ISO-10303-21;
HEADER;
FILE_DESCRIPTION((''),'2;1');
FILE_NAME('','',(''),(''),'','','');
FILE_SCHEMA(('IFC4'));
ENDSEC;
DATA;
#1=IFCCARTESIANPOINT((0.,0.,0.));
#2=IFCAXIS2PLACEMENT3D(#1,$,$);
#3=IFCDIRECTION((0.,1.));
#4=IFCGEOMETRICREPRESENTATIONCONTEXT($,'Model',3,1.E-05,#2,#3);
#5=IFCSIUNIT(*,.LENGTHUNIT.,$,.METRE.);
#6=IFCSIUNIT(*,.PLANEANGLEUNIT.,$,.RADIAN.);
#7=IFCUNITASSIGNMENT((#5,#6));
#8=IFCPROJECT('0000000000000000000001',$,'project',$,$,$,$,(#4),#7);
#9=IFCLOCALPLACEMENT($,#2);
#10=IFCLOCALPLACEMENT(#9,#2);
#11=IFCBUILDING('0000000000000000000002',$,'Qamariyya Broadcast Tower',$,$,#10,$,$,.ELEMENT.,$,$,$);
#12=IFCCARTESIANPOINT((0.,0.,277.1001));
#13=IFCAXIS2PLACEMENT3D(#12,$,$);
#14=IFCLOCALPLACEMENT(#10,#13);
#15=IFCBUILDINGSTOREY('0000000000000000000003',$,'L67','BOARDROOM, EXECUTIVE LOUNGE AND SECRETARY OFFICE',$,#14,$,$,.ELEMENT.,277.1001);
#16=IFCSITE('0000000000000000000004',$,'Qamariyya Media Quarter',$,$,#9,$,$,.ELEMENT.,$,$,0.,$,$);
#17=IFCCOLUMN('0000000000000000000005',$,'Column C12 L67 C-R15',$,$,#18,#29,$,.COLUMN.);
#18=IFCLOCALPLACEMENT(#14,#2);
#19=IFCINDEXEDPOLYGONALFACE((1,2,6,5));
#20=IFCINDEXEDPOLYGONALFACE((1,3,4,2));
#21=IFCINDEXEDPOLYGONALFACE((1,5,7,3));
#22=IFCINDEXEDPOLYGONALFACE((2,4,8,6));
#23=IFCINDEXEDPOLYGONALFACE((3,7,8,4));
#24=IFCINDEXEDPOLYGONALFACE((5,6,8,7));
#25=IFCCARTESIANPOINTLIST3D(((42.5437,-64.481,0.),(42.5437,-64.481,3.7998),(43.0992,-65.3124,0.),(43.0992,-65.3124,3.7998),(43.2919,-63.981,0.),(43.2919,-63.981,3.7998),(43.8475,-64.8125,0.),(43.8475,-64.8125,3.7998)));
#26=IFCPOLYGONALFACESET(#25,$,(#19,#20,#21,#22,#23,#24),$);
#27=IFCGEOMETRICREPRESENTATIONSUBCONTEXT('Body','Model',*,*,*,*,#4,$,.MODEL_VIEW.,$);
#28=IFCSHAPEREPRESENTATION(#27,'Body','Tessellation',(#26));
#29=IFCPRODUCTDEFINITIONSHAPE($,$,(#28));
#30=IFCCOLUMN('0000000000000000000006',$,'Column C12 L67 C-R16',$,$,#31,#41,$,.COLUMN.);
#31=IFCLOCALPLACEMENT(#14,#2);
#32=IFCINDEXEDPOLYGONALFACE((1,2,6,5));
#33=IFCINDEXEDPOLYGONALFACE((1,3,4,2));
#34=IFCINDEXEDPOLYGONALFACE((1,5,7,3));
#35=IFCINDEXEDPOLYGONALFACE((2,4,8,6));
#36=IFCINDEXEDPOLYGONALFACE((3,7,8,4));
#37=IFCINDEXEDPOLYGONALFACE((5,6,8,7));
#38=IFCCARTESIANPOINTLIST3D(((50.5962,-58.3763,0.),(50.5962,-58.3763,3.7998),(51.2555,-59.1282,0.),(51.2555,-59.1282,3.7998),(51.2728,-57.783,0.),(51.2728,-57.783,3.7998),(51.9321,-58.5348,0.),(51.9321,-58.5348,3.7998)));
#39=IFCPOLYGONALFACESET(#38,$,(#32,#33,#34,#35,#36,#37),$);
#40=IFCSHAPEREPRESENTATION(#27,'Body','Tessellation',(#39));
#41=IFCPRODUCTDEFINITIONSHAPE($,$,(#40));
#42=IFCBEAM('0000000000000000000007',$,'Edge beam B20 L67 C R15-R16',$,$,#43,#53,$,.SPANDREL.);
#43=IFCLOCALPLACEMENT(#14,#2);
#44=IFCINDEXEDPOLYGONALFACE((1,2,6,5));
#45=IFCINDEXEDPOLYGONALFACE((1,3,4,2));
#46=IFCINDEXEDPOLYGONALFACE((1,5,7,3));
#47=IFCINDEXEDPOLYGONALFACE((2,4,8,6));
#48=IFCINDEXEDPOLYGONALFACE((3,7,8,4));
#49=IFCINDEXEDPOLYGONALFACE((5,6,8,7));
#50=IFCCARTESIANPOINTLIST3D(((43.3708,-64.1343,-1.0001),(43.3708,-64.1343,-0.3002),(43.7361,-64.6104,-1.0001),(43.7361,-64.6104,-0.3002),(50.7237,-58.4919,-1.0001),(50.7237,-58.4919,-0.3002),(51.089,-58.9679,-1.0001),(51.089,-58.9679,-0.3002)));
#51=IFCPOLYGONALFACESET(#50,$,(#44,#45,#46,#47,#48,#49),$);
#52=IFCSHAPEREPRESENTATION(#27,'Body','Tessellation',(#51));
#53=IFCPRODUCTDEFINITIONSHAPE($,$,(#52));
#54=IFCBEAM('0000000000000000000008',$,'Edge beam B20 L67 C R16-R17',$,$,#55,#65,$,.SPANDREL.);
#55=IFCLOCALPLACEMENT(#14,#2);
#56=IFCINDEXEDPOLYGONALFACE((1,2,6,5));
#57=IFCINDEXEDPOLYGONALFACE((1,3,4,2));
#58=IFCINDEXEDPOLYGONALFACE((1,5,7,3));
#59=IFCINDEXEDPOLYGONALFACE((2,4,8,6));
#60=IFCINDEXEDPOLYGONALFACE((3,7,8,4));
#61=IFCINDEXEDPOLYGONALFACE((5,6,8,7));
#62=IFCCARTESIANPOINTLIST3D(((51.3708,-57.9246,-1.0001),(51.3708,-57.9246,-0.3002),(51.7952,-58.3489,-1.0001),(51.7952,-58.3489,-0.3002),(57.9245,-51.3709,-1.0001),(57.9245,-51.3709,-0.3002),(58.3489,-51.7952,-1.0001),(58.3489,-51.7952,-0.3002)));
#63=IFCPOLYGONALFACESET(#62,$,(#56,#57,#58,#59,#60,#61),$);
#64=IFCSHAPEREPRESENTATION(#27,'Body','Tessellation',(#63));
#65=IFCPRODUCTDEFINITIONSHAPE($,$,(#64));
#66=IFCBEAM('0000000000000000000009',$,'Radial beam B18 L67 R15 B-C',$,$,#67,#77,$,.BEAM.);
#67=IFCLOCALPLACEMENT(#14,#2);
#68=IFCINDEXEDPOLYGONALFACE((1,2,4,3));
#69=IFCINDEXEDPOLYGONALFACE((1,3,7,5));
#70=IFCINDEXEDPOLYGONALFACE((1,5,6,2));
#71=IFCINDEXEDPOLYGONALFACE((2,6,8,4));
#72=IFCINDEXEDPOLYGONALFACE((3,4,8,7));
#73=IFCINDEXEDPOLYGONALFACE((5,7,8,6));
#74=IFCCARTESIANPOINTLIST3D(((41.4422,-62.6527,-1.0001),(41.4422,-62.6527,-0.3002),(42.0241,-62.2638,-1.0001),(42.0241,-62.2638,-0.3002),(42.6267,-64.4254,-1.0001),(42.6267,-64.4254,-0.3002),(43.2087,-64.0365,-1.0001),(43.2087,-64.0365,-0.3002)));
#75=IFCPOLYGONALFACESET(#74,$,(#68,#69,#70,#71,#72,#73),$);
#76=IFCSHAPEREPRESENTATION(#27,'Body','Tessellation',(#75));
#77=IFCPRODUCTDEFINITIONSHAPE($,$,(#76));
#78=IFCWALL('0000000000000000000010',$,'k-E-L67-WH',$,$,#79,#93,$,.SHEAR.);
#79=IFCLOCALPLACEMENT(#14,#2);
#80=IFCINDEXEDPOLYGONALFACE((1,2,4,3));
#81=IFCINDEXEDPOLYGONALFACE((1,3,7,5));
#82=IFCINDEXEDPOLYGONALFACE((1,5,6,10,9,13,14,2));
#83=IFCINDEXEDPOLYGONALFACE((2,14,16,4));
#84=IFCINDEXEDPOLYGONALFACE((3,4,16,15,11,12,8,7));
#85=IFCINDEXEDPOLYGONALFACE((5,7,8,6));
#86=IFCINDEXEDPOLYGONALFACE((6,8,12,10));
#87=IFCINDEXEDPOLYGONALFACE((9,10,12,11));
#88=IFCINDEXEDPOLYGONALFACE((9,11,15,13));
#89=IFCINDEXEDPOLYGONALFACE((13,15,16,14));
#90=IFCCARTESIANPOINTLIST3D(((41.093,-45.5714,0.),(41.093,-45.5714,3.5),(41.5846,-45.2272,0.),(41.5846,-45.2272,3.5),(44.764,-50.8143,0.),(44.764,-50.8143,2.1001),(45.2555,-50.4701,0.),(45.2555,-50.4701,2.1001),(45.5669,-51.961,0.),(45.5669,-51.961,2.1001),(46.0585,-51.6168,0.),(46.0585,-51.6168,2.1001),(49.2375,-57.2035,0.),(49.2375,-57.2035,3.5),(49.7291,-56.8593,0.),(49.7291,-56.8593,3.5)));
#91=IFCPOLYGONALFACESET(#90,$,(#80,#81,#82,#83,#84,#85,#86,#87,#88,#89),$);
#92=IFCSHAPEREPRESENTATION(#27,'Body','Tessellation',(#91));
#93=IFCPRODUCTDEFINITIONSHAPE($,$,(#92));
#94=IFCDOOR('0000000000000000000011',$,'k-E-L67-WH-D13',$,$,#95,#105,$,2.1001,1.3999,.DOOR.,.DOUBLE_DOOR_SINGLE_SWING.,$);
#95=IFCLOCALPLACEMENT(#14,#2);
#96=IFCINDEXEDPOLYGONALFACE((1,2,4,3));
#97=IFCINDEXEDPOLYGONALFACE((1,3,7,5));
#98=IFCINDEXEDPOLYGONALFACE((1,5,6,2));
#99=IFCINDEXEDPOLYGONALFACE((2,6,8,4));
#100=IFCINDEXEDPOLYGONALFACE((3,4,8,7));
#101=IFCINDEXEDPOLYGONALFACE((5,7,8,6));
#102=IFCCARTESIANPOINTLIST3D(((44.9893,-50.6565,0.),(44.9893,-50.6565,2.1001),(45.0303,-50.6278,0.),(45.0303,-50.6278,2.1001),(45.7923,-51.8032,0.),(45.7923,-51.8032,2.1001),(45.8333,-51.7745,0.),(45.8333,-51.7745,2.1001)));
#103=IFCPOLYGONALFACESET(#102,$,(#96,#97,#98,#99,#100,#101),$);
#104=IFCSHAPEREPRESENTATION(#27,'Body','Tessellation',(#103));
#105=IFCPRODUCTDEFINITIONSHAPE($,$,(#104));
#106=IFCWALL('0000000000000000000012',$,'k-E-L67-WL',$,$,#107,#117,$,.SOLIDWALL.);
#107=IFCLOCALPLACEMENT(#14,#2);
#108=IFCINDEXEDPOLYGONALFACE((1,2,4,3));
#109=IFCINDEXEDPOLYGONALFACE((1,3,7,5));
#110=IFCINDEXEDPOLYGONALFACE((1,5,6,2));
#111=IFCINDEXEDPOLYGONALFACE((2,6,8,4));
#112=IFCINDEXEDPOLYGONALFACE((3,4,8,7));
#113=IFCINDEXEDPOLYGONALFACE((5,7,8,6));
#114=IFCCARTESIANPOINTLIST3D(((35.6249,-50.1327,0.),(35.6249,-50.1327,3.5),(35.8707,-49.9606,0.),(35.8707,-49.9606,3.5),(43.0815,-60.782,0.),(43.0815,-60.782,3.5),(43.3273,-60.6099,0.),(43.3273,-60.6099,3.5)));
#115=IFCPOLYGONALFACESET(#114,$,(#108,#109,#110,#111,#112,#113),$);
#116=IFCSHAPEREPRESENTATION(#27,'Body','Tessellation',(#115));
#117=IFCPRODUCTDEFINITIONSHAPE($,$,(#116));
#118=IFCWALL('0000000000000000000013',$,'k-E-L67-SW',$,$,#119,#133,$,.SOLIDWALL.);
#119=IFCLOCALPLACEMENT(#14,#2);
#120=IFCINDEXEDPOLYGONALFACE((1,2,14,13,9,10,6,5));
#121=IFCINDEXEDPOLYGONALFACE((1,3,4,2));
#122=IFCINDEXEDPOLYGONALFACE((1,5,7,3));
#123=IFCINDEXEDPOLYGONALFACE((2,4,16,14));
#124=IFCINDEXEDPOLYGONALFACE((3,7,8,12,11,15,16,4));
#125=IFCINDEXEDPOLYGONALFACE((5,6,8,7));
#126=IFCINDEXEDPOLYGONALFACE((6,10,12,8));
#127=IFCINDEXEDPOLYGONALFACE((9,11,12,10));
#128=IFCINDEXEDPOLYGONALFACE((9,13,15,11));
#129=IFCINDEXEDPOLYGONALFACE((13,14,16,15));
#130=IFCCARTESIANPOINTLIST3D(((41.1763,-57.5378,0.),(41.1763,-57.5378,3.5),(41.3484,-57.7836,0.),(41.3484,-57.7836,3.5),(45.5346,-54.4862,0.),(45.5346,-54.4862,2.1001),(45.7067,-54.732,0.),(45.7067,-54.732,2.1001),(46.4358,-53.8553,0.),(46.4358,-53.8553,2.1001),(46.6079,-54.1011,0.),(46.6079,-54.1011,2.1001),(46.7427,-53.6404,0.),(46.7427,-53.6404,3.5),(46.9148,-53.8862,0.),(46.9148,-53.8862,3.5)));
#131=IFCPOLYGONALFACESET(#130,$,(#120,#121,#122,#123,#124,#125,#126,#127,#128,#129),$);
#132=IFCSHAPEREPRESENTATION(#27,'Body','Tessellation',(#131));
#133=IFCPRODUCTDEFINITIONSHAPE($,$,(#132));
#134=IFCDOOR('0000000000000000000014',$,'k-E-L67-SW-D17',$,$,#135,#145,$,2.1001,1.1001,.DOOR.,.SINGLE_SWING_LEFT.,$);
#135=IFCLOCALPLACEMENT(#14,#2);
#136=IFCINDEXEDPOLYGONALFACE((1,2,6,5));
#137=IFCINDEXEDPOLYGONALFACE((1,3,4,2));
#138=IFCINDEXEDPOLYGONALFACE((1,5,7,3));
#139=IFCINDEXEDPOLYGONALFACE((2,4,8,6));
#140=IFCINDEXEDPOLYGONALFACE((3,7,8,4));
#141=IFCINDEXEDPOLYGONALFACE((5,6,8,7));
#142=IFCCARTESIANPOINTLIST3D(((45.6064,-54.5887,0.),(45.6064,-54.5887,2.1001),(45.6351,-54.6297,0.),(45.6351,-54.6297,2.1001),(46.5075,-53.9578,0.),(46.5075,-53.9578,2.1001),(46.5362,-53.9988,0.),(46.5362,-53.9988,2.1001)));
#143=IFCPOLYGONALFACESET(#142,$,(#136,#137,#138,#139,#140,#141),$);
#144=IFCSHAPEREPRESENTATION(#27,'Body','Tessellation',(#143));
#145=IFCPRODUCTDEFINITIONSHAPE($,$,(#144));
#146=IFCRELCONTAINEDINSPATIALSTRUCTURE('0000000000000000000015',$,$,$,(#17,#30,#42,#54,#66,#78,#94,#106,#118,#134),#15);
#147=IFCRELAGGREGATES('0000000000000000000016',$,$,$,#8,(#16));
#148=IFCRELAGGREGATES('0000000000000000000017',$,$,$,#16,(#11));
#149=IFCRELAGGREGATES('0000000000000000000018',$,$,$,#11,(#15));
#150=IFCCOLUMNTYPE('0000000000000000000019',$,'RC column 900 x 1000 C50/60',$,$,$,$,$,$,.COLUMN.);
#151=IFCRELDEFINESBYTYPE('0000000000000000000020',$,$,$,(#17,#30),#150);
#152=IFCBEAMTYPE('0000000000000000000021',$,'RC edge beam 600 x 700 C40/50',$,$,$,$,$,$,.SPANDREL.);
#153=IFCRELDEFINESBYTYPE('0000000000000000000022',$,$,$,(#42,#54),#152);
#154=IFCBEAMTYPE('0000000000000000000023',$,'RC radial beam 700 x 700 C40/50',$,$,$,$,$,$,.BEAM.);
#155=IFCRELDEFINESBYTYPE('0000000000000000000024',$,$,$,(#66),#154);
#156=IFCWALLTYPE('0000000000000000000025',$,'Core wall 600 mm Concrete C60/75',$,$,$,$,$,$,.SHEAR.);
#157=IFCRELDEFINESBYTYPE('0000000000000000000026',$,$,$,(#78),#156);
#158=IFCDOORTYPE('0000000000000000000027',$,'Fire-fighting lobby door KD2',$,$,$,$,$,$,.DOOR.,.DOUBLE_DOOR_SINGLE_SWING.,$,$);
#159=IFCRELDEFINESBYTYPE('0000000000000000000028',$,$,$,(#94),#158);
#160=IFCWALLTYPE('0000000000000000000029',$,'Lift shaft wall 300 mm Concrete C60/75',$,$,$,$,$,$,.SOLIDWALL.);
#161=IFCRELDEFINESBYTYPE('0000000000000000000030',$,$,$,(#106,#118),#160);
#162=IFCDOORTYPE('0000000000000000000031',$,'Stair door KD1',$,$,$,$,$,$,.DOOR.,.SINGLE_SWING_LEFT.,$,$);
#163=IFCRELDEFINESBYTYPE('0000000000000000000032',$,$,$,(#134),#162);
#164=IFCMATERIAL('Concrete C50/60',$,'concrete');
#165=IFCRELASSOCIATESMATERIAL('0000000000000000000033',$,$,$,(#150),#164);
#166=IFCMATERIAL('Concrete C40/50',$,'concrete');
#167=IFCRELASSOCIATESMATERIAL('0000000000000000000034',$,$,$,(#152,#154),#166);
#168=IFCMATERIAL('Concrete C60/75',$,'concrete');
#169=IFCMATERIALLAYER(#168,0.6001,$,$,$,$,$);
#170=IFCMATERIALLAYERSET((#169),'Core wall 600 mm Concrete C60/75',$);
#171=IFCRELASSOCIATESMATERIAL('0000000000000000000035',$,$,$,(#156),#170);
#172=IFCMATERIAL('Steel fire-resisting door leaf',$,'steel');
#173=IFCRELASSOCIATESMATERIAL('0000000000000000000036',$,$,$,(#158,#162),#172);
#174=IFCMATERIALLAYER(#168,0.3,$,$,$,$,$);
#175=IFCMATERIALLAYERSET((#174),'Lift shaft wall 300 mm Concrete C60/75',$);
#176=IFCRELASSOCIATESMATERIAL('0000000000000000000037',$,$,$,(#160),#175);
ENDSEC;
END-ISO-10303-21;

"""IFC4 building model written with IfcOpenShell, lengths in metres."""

from ifc_helpers import new_model, si_unit, direction, frame, frame_2d, origin, origin_2d, place, context, subcontext, project, spatial, rectangle, extrude, material, layer, layer_set, material_profile, profile_set, type_object, element, fill, save


model = new_model("IFC4")

# Units and contexts
model_context = context("Model", 3, precision=1e-05, world=origin(), true_north=direction((0.0, 1.0)))
body_context = subcontext(model_context, "Body", "Model", "MODEL_VIEW")
ifc_project = project(units=[si_unit("LENGTHUNIT", "METRE"), si_unit("PLANEANGLEUNIT", "RADIAN")], contexts=[model_context])

# Site, building, storey
site_placement = place(None, origin())
site = spatial("IfcSite", under=ifc_project, at=site_placement, Name="Qamariyya Media Quarter", CompositionType="ELEMENT", RefElevation=0.0)
building_placement = place(site_placement, origin())
building = spatial("IfcBuilding", under=site, at=building_placement, Name="Qamariyya Broadcast Tower", CompositionType="ELEMENT")
storey_placement = place(building_placement, frame((0.0, 0.0, 277.1001)))
storey = spatial("IfcBuildingStorey", under=building, at=storey_placement, Name="L67", Description="BOARDROOM, EXECUTIVE LOUNGE AND SECRETARY OFFICE", CompositionType="ELEMENT", Elevation=277.1001)

# Columns
ifc_material_1 = material(Name="Concrete C50/60", Category="concrete")
ifc_material_profile_1 = material_profile(ifc_material_1, rectangle(XDim=0.8999, YDim=1.0, at=origin_2d()))
ifc_profile_set_1 = profile_set([ifc_material_profile_1], Name="Concrete C50/60")
column_type = type_object("IfcColumnType", Name="RC column 900 x 1000 C50/60", PredefinedType="COLUMN", material=ifc_profile_set_1)
for number, where, z_axis, x_axis, name in (
    (1, (43.1956, -64.6467, 0.0), (0.0, 0.0, 1.0), (0.83147, 0.55557, 0.0), "Column C12 L67 C-R15"),
    (2, (51.2642, -58.4556, 0.0), (0.0, 0.0, 1.0), (0.75184, 0.659346, 0.0), "Column C12 L67 C-R16"),
):
    element("IfcColumn", number, at=place(storey_placement, frame(where, z_axis=z_axis, x_axis=x_axis)), inside=storey, type_object=column_type, Name=name, PredefinedType="COLUMN", context=body_context, shape_type="SweptSolid", body=[
        extrude(rectangle(XDim=0.8999, YDim=1.0, at=origin_2d()), origin(), (0.0, 0.0, 1.0), 3.7998),
    ])

# Beams
ifc_material_2 = material(Name="Concrete C40/50", Category="concrete")
ifc_material_profile_2 = material_profile(ifc_material_2, rectangle(XDim=0.6001, YDim=0.7, at=origin_2d()))
ifc_profile_set_2 = profile_set([ifc_material_profile_2], Name="Concrete C40/50")
beam_type_1 = type_object("IfcBeamType", Name="RC edge beam 600 x 700 C40/50", PredefinedType="SPANDREL", material=ifc_profile_set_2)
for number, where, z_axis, x_axis, name in (
    (3, (43.5535, -64.3723, -0.6501), (0.793335, 0.608785, 0.0), (-0.608785, 0.793335, 0.0), "Edge beam B20 L67 C R15-R16"),
    (4, (51.583, -58.1367, -0.6501), (0.707107, 0.707107, 0.0), (-0.707107, 0.707107, 0.0), "Edge beam B20 L67 C R16-R17"),
):
    element("IfcBeam", number, at=place(storey_placement, frame(where, z_axis=z_axis, x_axis=x_axis)), inside=storey, type_object=beam_type_1, Name=name, PredefinedType="SPANDREL", context=body_context, shape_type="SweptSolid", body=[
        extrude(rectangle(XDim=0.6001, YDim=0.7, at=origin_2d()), origin(), (0.0, 0.0, 1.0), 9.2683),
    ])
ifc_material_profile_3 = material_profile(ifc_material_2, rectangle(XDim=0.7, YDim=0.7, at=origin_2d()))
ifc_profile_set_3 = profile_set([ifc_material_profile_3], Name="Concrete C40/50")
beam_type_2 = type_object("IfcBeamType", Name="RC radial beam 700 x 700 C40/50", PredefinedType="BEAM", material=ifc_profile_set_3)
beam_placement = place(storey_placement, frame((41.7332, -62.4583, -0.6501), z_axis=(0.555598, -0.831451, 0.0), x_axis=(0.831451, 0.555598, 0.0)))
element("IfcBeam", 5, at=beam_placement, inside=storey, type_object=beam_type_2, Name="Radial beam B18 L67 R15 B-C", PredefinedType="BEAM", context=body_context, shape_type="SweptSolid", body=[
    extrude(rectangle(XDim=0.7, YDim=0.7, at=origin_2d()), origin(), (0.0, 0.0, 1.0), 2.1321),
])

# Wall, opening, door
ifc_material_3 = material(Name="Concrete C60/75", Category="concrete")
ifc_layer_1 = layer(ifc_material_3, 0.6001)
ifc_layer_set_1 = layer_set([ifc_layer_1], Name="Core wall 600 mm Concrete C60/75")
wall_type_1 = type_object("IfcWallType", Name="Core wall 600 mm Concrete C60/75", PredefinedType="SHEAR", material=ifc_layer_set_1)
wall_1_placement = place(storey_placement, frame((49.4834, -57.0315, 0.0), z_axis=(0.0, 0.0, 1.0), x_axis=(-0.57356, 0.819163, 0.0)))
wall_1 = element("IfcWall", 6, at=wall_1_placement, inside=storey, type_object=wall_type_1, Name="k-E-L67-WH", PredefinedType="SHEAR", context=body_context, shape_type="SweptSolid", body=[
    extrude(rectangle(XDim=14.2, YDim=0.6001, at=frame_2d((7.1001, 0.0))), origin(), (0.0, 0.0, 1.0), 3.5),
])
opening_1_placement = place(wall_1_placement, frame((6.3999, 0.0, 0.0)))
opening_1 = element("IfcOpeningElement", 7, at=opening_1_placement, cuts=wall_1, PredefinedType="OPENING", context=body_context, shape_type="SweptSolid", body=[
    extrude(rectangle(XDim=1.3999, YDim=2.1001, at=frame_2d((0.7, 1.05))), frame((0.0, 0.3101, 0.0), z_axis=(0.0, -1.0, 0.0), x_axis=(1.0, 0.0, 0.0)), (0.0, 0.0, 1.0), 0.6201),
])
ifc_material_4 = material(Name="Steel fire-resisting door leaf", Category="steel")
door_type_1 = type_object("IfcDoorType", Name="Fire-fighting lobby door KD2", OperationType="DOUBLE_DOOR_SINGLE_SWING", PredefinedType="DOOR", material=ifc_material_4)
door_1_placement = place(opening_1_placement, origin())
door_1 = element("IfcDoor", 8, at=door_1_placement, inside=storey, type_object=door_type_1, Name="k-E-L67-WH-D13", OperationType="DOUBLE_DOOR_SINGLE_SWING", OverallHeight=2.1001, OverallWidth=1.3999, PredefinedType="DOOR", context=body_context, shape_type="SweptSolid", body=[
    extrude(rectangle(XDim=1.3999, YDim=2.1001, at=frame_2d((0.7, 1.05))), frame((0.0, 0.0249, 0.0), z_axis=(0.0, -1.0, 0.0), x_axis=(1.0, 0.0, 0.0)), (0.0, 0.0, 1.0), 0.05),
])
fill(opening_1, door_1)

# Wall
ifc_layer_2 = layer(ifc_material_3, 0.3)
ifc_layer_set_2 = layer_set([ifc_layer_2], Name="Lift shaft wall 300 mm Concrete C60/75")
wall_type_2 = type_object("IfcWallType", Name="Lift shaft wall 300 mm Concrete C60/75", PredefinedType="SOLIDWALL", material=ifc_layer_set_2)
wall_2_placement = place(storey_placement, frame((43.2043, -60.6958, 0.0), z_axis=(0.0, 0.0, 1.0), x_axis=(-0.573572, 0.819155, 0.0)))
element("IfcWall", 9, at=wall_2_placement, inside=storey, type_object=wall_type_2, Name="k-E-L67-WL", PredefinedType="SOLIDWALL", context=body_context, shape_type="SweptSolid", body=[
    extrude(rectangle(XDim=13.0002, YDim=0.3, at=frame_2d((6.5, 0.0))), origin(), (0.0, 0.0, 1.0), 3.5),
])

# Wall, opening, door
wall_3_placement = place(storey_placement, frame((41.2625, -57.6606, 0.0), z_axis=(0.0, 0.0, 1.0), x_axis=(0.819164, 0.573559, 0.0)))
wall_3 = element("IfcWall", 10, at=wall_3_placement, inside=storey, type_object=wall_type_2, Name="k-E-L67-SW", PredefinedType="SOLIDWALL", context=body_context, shape_type="SweptSolid", body=[
    extrude(rectangle(XDim=6.7952, YDim=0.3, at=frame_2d((3.3975, 0.0))), origin(), (0.0, 0.0, 1.0), 3.5),
])
opening_2_placement = place(wall_3_placement, frame((5.3203, 0.0, 0.0)))
opening_2 = element("IfcOpeningElement", 11, at=opening_2_placement, cuts=wall_3, PredefinedType="OPENING", context=body_context, shape_type="SweptSolid", body=[
    extrude(rectangle(XDim=1.1001, YDim=2.1001, at=frame_2d((0.55, 1.05))), frame((0.0, 0.1599, 0.0), z_axis=(0.0, -1.0, 0.0), x_axis=(1.0, 0.0, 0.0)), (0.0, 0.0, 1.0), 0.3201),
])
door_type_2 = type_object("IfcDoorType", Name="Stair door KD1", OperationType="SINGLE_SWING_LEFT", PredefinedType="DOOR", material=ifc_material_4)
door_2_placement = place(opening_2_placement, origin())
door_2 = element("IfcDoor", 12, at=door_2_placement, inside=storey, type_object=door_type_2, Name="k-E-L67-SW-D17", OperationType="SINGLE_SWING_LEFT", OverallHeight=2.1001, OverallWidth=1.1001, PredefinedType="DOOR", context=body_context, shape_type="SweptSolid", body=[
    extrude(rectangle(XDim=1.1001, YDim=2.1001, at=frame_2d((0.55, 1.05))), frame((0.0, 0.0249, 0.0), z_axis=(0.0, -1.0, 0.0), x_axis=(1.0, 0.0, 0.0)), (0.0, 0.0, 1.0), 0.05),
])
fill(opening_2, door_2)

save(model, "model.ifc")
